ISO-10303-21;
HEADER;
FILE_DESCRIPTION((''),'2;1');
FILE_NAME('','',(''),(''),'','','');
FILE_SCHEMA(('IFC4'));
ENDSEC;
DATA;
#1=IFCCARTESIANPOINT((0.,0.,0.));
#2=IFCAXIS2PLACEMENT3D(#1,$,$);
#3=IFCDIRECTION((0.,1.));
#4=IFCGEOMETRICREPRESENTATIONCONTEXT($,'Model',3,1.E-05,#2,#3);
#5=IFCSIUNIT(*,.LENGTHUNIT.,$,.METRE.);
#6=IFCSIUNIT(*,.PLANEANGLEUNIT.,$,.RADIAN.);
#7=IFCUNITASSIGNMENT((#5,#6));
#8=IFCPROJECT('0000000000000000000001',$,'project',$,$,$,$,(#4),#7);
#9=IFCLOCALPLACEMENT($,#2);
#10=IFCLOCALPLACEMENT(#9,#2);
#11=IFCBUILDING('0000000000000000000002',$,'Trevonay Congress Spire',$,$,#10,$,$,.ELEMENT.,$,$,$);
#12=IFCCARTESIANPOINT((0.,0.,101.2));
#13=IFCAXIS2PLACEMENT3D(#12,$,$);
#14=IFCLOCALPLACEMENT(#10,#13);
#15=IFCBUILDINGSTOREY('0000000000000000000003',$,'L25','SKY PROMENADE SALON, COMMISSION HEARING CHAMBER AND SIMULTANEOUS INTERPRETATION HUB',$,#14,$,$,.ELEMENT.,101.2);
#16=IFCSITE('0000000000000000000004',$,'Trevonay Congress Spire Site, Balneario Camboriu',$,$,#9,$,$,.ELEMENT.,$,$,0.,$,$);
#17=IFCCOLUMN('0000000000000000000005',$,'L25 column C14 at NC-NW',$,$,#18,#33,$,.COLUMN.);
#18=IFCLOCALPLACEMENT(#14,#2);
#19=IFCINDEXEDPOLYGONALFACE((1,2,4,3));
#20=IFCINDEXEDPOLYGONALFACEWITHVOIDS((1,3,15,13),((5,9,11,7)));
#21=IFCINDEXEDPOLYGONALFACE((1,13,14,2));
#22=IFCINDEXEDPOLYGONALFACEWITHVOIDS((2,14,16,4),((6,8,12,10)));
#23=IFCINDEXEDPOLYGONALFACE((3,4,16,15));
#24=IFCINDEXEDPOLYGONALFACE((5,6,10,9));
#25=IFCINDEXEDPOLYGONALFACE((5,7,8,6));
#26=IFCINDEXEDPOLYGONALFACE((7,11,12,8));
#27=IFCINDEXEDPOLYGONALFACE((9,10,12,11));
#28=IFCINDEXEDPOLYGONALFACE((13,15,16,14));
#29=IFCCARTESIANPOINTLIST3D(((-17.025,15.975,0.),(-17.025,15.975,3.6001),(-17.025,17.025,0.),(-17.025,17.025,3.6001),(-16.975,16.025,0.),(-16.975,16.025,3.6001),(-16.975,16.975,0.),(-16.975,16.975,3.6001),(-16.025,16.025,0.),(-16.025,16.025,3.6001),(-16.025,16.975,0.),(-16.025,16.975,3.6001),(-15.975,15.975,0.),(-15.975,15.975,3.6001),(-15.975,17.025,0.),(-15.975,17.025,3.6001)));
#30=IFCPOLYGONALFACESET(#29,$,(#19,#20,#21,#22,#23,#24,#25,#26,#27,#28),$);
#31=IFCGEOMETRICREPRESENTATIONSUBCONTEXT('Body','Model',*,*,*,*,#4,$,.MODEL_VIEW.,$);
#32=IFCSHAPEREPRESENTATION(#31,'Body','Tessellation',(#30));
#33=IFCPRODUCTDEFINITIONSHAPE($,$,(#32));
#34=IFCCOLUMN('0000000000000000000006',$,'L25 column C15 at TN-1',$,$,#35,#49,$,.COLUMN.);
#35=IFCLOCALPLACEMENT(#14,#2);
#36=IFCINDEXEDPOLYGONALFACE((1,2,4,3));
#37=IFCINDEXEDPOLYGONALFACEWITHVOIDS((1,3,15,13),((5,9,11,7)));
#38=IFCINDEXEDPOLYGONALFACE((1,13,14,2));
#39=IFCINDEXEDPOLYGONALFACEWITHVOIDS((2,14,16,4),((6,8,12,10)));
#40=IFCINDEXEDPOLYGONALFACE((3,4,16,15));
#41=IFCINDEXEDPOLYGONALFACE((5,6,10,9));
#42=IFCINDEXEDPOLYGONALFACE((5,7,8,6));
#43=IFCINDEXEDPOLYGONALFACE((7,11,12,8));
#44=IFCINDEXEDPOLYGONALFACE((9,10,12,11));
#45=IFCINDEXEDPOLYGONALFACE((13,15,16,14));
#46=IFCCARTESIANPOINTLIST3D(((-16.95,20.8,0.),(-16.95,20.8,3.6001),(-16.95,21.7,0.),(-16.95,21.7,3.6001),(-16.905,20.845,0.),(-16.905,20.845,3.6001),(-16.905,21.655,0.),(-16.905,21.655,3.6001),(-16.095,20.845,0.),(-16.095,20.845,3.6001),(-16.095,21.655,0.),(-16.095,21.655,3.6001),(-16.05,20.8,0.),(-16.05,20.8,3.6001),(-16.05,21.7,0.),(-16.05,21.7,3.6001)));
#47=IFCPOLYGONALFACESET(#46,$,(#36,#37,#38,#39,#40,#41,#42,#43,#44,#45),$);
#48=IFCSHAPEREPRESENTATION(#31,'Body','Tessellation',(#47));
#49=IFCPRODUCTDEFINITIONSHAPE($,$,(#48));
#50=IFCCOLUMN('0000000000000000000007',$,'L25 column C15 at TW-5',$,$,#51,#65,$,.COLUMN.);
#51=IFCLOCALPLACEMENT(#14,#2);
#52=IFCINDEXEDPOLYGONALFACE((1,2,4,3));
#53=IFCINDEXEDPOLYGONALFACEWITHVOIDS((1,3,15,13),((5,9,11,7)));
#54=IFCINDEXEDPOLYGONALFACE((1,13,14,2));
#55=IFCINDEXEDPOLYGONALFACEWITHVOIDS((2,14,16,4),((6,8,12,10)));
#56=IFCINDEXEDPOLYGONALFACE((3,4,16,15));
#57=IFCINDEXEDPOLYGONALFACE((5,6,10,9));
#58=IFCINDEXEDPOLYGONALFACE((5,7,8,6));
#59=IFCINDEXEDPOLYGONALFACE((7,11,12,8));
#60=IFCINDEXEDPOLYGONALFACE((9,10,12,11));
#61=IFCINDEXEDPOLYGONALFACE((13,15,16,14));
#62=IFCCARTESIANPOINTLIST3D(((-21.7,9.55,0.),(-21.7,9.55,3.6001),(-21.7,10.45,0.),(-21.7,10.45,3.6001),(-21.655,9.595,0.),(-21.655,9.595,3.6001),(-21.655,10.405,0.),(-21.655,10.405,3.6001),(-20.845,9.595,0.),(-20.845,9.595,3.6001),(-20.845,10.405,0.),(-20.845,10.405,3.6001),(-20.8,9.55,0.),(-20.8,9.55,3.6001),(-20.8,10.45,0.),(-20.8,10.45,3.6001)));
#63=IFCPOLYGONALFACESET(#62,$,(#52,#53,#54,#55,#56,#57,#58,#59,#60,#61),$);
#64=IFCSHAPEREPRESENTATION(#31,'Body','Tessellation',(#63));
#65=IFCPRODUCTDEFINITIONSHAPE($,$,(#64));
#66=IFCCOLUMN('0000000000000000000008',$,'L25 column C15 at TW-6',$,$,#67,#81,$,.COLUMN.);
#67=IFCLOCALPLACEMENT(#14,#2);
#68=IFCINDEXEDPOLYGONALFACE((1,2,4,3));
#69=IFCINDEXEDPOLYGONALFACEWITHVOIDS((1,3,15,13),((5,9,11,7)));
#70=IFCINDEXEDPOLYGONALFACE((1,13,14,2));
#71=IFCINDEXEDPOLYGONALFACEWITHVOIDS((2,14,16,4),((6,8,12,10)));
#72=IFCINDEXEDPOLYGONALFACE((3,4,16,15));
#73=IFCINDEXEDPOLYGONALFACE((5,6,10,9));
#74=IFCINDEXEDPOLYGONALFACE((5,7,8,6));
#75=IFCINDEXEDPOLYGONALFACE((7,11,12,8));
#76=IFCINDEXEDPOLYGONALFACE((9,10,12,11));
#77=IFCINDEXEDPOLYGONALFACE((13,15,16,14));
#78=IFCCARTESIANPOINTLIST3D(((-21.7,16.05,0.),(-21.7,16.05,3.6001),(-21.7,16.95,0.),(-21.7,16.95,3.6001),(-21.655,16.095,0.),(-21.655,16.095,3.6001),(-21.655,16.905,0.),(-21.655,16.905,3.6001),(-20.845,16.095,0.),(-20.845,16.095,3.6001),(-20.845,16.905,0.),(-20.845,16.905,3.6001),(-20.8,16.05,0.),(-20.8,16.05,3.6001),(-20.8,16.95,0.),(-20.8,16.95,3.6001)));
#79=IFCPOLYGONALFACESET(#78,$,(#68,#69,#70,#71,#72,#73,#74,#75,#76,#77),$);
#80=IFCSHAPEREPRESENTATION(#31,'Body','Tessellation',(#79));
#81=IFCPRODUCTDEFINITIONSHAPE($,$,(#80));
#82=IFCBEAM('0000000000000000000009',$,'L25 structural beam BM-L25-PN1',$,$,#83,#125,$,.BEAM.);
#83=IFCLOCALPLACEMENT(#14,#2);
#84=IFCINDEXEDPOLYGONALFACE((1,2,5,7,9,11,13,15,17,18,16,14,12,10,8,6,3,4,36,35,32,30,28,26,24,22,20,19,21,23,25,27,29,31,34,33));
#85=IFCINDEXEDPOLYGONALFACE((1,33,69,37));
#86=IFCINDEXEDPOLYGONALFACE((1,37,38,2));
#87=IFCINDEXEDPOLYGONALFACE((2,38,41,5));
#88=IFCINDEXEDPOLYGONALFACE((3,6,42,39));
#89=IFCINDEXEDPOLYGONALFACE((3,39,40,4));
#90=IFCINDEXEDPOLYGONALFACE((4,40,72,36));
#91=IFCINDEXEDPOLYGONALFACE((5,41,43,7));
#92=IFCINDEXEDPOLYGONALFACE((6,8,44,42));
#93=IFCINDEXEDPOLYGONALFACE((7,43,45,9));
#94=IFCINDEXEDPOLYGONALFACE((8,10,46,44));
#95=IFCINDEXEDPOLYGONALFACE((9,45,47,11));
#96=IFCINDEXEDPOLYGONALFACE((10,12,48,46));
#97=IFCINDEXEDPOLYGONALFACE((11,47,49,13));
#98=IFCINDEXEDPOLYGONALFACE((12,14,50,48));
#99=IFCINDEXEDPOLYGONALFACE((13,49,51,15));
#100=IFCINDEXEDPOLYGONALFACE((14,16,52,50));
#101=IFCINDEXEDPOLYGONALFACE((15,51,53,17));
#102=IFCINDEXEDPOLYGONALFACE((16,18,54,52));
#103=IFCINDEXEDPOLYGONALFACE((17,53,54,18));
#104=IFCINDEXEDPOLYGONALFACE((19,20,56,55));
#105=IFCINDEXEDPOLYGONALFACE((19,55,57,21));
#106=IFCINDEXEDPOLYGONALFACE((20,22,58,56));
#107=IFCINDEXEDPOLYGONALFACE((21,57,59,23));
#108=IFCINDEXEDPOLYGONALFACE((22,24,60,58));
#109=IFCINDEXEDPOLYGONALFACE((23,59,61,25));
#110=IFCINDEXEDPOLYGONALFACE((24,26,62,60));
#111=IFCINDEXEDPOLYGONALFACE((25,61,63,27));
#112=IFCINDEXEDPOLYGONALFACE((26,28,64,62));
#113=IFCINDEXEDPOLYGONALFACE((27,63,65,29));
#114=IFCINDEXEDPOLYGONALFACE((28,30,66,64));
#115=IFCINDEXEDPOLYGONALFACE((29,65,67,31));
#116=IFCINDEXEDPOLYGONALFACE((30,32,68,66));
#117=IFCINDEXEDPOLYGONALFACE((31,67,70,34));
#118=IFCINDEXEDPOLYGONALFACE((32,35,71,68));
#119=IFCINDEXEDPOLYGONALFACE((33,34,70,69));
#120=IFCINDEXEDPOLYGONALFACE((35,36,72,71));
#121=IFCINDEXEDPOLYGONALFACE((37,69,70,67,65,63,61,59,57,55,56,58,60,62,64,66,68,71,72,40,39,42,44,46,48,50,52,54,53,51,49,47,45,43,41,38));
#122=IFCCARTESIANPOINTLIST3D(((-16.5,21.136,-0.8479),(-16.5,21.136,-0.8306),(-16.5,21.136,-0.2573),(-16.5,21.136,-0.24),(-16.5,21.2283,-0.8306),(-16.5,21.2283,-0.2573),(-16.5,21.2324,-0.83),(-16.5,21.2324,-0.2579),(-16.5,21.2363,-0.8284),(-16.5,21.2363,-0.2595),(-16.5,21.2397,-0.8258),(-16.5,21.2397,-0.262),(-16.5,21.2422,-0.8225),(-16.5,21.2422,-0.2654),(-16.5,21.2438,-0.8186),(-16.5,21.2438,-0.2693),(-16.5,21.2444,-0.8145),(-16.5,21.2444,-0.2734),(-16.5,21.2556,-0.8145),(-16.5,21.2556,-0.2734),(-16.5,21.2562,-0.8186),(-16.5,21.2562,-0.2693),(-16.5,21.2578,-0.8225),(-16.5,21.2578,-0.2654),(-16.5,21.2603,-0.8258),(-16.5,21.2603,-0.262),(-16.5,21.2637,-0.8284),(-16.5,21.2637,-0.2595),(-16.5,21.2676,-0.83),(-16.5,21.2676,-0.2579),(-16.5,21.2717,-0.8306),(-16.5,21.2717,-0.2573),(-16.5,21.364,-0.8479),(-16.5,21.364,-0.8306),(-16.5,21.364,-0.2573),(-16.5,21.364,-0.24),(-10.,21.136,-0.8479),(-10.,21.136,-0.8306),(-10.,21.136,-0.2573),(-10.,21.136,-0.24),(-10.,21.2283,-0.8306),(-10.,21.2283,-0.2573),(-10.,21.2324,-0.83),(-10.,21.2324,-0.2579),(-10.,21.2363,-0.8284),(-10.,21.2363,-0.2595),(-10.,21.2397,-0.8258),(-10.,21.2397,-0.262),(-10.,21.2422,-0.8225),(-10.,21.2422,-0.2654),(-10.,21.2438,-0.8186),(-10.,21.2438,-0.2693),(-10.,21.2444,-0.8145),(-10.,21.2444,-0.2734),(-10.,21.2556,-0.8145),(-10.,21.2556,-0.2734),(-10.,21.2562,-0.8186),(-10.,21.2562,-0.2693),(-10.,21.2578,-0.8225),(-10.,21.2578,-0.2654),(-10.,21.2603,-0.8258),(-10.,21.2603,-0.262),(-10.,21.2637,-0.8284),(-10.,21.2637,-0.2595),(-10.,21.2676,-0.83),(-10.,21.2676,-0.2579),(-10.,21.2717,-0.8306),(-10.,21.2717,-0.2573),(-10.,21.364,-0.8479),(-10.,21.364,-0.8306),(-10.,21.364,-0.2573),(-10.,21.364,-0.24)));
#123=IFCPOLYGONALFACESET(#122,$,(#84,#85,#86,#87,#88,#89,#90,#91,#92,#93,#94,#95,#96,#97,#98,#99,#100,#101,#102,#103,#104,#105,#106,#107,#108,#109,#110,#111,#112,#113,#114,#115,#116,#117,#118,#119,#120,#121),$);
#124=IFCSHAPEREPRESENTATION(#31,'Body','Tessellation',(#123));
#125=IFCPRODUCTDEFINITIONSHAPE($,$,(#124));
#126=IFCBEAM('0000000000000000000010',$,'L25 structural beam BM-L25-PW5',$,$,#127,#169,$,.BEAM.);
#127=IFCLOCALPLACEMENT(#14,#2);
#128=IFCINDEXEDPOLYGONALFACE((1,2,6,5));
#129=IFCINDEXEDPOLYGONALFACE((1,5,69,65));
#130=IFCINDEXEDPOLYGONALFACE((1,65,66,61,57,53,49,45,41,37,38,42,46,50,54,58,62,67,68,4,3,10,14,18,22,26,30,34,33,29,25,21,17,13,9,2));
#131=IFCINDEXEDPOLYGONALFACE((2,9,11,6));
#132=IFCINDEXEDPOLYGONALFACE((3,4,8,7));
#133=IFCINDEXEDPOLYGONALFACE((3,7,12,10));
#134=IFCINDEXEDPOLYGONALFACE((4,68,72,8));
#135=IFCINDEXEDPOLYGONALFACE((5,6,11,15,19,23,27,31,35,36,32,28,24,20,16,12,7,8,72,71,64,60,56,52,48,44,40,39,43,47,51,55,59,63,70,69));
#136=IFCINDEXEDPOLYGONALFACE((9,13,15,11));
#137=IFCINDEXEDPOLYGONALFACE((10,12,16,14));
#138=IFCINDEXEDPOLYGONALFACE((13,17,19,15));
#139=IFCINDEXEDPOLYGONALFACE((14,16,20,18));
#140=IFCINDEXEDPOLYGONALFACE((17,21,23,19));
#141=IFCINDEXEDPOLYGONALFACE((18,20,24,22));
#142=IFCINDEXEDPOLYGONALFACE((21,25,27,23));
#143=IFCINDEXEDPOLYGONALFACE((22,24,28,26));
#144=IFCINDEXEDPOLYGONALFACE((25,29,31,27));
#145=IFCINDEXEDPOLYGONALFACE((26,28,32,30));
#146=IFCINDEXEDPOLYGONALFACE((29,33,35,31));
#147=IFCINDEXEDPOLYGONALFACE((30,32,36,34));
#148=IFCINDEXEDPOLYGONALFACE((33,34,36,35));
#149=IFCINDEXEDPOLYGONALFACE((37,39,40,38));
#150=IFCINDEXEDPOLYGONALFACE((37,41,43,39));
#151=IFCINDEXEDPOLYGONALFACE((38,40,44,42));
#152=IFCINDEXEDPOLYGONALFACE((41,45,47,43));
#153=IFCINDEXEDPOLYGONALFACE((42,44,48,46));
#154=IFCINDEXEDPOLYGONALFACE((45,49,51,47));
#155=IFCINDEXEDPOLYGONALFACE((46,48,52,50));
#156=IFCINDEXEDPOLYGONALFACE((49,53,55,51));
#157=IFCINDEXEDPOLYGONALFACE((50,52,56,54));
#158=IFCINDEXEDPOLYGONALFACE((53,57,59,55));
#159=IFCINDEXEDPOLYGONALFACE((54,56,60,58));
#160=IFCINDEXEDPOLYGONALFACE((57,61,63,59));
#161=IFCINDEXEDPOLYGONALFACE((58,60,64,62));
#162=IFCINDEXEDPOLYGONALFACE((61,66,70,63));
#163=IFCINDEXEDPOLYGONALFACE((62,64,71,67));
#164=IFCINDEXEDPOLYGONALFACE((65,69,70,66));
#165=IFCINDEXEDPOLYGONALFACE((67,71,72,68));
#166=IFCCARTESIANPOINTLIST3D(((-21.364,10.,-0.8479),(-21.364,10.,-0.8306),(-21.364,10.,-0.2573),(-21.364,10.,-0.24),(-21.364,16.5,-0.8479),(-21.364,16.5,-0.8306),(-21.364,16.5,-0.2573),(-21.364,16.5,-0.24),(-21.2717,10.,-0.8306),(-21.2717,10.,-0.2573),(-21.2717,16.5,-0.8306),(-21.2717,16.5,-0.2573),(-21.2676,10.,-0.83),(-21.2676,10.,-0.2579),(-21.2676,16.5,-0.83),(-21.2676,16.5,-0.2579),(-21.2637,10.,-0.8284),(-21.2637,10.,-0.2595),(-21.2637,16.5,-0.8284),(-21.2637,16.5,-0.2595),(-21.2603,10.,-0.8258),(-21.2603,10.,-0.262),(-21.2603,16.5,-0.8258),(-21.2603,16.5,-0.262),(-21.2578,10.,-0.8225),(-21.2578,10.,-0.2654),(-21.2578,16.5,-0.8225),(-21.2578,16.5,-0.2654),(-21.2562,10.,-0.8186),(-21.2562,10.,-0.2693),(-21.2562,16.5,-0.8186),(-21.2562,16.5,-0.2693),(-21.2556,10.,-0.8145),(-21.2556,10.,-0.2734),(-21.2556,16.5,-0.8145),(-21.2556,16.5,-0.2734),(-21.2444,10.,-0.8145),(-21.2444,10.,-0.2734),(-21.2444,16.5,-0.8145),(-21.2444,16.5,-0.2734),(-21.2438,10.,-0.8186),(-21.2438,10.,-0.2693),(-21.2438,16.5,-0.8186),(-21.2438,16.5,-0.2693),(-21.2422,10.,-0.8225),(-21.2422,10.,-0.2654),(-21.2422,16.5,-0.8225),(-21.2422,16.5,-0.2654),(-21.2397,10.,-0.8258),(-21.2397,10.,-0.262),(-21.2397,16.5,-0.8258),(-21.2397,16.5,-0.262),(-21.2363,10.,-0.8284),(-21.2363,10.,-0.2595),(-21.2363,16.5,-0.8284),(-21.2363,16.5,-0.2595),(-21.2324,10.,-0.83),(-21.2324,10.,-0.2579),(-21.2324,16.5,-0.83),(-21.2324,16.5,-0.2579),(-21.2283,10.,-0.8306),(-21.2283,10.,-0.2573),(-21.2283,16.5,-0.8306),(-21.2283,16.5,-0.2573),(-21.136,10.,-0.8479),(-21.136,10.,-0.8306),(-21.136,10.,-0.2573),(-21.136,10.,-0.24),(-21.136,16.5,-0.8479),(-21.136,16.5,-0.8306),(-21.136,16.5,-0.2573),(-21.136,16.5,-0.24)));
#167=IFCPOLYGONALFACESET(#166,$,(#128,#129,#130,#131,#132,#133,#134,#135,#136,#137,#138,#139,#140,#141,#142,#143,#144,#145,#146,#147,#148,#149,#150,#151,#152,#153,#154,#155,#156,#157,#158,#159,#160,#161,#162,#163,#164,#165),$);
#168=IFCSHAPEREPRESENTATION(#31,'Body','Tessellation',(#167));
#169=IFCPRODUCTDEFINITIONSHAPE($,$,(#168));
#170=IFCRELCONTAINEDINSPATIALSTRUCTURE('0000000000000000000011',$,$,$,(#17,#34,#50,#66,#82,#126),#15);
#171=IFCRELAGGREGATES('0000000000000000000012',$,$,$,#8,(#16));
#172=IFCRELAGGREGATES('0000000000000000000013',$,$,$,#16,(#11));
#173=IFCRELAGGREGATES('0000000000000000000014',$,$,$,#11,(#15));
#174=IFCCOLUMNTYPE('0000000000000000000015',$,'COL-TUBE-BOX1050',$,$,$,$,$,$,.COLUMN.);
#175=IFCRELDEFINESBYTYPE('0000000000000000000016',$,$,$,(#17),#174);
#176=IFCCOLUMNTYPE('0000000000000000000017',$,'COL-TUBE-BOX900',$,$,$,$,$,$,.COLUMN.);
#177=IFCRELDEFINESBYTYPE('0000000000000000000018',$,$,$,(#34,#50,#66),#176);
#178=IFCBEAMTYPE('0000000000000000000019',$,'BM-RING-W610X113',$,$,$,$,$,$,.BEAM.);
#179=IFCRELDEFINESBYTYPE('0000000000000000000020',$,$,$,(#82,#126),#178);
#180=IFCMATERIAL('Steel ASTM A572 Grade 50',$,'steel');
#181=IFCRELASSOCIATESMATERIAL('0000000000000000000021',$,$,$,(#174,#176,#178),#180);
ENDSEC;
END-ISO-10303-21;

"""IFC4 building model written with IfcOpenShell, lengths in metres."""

from ifc_helpers import new_model, si_unit, direction, frame, origin, origin_2d, place, context, subcontext, project, spatial, hollow_rectangle, i_section, extrude, material, material_profile, profile_set, type_object, element, save


model = new_model("IFC4")

# Units and contexts
model_context = context("Model", 3, precision=1e-05, world=origin(), true_north=direction((0.0, 1.0)))
body_context = subcontext(model_context, "Body", "Model", "MODEL_VIEW")
ifc_project = project(units=[si_unit("LENGTHUNIT", "METRE"), si_unit("PLANEANGLEUNIT", "RADIAN")], contexts=[model_context])

# Site, building, storey
site_placement = place(None, origin())
site = spatial("IfcSite", under=ifc_project, at=site_placement, Name="Trevonay Congress Spire Site, Balneario Camboriu", CompositionType="ELEMENT", RefElevation=0.0)
building_placement = place(site_placement, origin())
building = spatial("IfcBuilding", under=site, at=building_placement, Name="Trevonay Congress Spire", CompositionType="ELEMENT")
storey_placement = place(building_placement, frame((0.0, 0.0, 101.2)))
storey = spatial("IfcBuildingStorey", under=building, at=storey_placement, Name="L25", Description="SKY PROMENADE SALON, COMMISSION HEARING CHAMBER AND SIMULTANEOUS INTERPRETATION HUB", CompositionType="ELEMENT", Elevation=101.2)

# Columns
ifc_material_1 = material(Name="Steel ASTM A572 Grade 50", Category="steel")
ifc_material_profile_1 = material_profile(ifc_material_1, hollow_rectangle(XDim=1.05, YDim=1.05, WallThickness=0.05, at=origin_2d()), Name="BOX 1050x1050x50")
ifc_profile_set_1 = profile_set([ifc_material_profile_1], Name="Steel ASTM A572 Grade 50")
column_type_1 = type_object("IfcColumnType", Name="COL-TUBE-BOX1050", PredefinedType="COLUMN", material=ifc_profile_set_1)
column_placement = place(storey_placement, frame((-16.5, 16.5, 0.0), z_axis=(0.0, 0.0, 1.0), x_axis=(1.0, 0.0, 0.0)))
element("IfcColumn", 1, at=column_placement, inside=storey, type_object=column_type_1, Name="L25 column C14 at NC-NW", PredefinedType="COLUMN", context=body_context, shape_type="SweptSolid", body=[
    extrude(hollow_rectangle(XDim=1.05, YDim=1.05, WallThickness=0.05, at=origin_2d()), origin(), (0.0, 0.0, 1.0), 3.6001),
])
ifc_material_profile_2 = material_profile(ifc_material_1, hollow_rectangle(XDim=0.8999, YDim=0.8999, WallThickness=0.0449, at=origin_2d()), Name="BOX 900x900x45")
ifc_profile_set_2 = profile_set([ifc_material_profile_2], Name="Steel ASTM A572 Grade 50")
column_type_2 = type_object("IfcColumnType", Name="COL-TUBE-BOX900", PredefinedType="COLUMN", material=ifc_profile_set_2)
for number, where, z_axis, x_axis, name in (
    (2, (-16.5, 21.25, 0.0), (0.0, 0.0, 1.0), (1.0, 0.0, 0.0), "L25 column C15 at TN-1"),
    (3, (-21.25, 10.0, 0.0), (0.0, 0.0, 1.0), (1.0, 0.0, 0.0), "L25 column C15 at TW-5"),
    (4, (-21.25, 16.5, 0.0), (0.0, 0.0, 1.0), (1.0, 0.0, 0.0), "L25 column C15 at TW-6"),
):
    element("IfcColumn", number, at=place(storey_placement, frame(where, z_axis=z_axis, x_axis=x_axis)), inside=storey, type_object=column_type_2, Name=name, PredefinedType="COLUMN", context=body_context, shape_type="SweptSolid", body=[
        extrude(hollow_rectangle(XDim=0.8999, YDim=0.8999, WallThickness=0.0449, at=origin_2d()), origin(), (0.0, 0.0, 1.0), 3.6001),
    ])

# Beams
ifc_material_profile_3 = material_profile(ifc_material_1, i_section(OverallWidth=0.228, OverallDepth=0.6079, WebThickness=0.0112, FlangeThickness=0.0173, FilletRadius=0.0161, at=origin_2d()), Name="W610x113")
ifc_profile_set_3 = profile_set([ifc_material_profile_3], Name="Steel ASTM A572 Grade 50")
beam_type_1 = type_object("IfcBeamType", Name="BM-RING-W610X113", PredefinedType="BEAM", material=ifc_profile_set_3)
for number, where, z_axis, x_axis, name in (
    (5, (-16.5, 21.25, -0.5439), (1.0, 0.0, 0.0), (0.0, 1.0, 0.0), "L25 structural beam BM-L25-PN1"),
    (6, (-21.25, 10.0, -0.5439), (0.0, 1.0, 0.0), (-1.0, 0.0, 0.0), "L25 structural beam BM-L25-PW5"),
):
    element("IfcBeam", number, at=place(storey_placement, frame(where, z_axis=z_axis, x_axis=x_axis)), inside=storey, type_object=beam_type_1, Name=name, PredefinedType="BEAM", context=body_context, shape_type="SweptSolid", body=[
        extrude(i_section(OverallWidth=0.228, OverallDepth=0.6079, WebThickness=0.0112, FlangeThickness=0.0173, FilletRadius=0.0161, at=origin_2d()), origin(), (0.0, 0.0, 1.0), 6.5),
    ])

save(model, "model.ifc")
